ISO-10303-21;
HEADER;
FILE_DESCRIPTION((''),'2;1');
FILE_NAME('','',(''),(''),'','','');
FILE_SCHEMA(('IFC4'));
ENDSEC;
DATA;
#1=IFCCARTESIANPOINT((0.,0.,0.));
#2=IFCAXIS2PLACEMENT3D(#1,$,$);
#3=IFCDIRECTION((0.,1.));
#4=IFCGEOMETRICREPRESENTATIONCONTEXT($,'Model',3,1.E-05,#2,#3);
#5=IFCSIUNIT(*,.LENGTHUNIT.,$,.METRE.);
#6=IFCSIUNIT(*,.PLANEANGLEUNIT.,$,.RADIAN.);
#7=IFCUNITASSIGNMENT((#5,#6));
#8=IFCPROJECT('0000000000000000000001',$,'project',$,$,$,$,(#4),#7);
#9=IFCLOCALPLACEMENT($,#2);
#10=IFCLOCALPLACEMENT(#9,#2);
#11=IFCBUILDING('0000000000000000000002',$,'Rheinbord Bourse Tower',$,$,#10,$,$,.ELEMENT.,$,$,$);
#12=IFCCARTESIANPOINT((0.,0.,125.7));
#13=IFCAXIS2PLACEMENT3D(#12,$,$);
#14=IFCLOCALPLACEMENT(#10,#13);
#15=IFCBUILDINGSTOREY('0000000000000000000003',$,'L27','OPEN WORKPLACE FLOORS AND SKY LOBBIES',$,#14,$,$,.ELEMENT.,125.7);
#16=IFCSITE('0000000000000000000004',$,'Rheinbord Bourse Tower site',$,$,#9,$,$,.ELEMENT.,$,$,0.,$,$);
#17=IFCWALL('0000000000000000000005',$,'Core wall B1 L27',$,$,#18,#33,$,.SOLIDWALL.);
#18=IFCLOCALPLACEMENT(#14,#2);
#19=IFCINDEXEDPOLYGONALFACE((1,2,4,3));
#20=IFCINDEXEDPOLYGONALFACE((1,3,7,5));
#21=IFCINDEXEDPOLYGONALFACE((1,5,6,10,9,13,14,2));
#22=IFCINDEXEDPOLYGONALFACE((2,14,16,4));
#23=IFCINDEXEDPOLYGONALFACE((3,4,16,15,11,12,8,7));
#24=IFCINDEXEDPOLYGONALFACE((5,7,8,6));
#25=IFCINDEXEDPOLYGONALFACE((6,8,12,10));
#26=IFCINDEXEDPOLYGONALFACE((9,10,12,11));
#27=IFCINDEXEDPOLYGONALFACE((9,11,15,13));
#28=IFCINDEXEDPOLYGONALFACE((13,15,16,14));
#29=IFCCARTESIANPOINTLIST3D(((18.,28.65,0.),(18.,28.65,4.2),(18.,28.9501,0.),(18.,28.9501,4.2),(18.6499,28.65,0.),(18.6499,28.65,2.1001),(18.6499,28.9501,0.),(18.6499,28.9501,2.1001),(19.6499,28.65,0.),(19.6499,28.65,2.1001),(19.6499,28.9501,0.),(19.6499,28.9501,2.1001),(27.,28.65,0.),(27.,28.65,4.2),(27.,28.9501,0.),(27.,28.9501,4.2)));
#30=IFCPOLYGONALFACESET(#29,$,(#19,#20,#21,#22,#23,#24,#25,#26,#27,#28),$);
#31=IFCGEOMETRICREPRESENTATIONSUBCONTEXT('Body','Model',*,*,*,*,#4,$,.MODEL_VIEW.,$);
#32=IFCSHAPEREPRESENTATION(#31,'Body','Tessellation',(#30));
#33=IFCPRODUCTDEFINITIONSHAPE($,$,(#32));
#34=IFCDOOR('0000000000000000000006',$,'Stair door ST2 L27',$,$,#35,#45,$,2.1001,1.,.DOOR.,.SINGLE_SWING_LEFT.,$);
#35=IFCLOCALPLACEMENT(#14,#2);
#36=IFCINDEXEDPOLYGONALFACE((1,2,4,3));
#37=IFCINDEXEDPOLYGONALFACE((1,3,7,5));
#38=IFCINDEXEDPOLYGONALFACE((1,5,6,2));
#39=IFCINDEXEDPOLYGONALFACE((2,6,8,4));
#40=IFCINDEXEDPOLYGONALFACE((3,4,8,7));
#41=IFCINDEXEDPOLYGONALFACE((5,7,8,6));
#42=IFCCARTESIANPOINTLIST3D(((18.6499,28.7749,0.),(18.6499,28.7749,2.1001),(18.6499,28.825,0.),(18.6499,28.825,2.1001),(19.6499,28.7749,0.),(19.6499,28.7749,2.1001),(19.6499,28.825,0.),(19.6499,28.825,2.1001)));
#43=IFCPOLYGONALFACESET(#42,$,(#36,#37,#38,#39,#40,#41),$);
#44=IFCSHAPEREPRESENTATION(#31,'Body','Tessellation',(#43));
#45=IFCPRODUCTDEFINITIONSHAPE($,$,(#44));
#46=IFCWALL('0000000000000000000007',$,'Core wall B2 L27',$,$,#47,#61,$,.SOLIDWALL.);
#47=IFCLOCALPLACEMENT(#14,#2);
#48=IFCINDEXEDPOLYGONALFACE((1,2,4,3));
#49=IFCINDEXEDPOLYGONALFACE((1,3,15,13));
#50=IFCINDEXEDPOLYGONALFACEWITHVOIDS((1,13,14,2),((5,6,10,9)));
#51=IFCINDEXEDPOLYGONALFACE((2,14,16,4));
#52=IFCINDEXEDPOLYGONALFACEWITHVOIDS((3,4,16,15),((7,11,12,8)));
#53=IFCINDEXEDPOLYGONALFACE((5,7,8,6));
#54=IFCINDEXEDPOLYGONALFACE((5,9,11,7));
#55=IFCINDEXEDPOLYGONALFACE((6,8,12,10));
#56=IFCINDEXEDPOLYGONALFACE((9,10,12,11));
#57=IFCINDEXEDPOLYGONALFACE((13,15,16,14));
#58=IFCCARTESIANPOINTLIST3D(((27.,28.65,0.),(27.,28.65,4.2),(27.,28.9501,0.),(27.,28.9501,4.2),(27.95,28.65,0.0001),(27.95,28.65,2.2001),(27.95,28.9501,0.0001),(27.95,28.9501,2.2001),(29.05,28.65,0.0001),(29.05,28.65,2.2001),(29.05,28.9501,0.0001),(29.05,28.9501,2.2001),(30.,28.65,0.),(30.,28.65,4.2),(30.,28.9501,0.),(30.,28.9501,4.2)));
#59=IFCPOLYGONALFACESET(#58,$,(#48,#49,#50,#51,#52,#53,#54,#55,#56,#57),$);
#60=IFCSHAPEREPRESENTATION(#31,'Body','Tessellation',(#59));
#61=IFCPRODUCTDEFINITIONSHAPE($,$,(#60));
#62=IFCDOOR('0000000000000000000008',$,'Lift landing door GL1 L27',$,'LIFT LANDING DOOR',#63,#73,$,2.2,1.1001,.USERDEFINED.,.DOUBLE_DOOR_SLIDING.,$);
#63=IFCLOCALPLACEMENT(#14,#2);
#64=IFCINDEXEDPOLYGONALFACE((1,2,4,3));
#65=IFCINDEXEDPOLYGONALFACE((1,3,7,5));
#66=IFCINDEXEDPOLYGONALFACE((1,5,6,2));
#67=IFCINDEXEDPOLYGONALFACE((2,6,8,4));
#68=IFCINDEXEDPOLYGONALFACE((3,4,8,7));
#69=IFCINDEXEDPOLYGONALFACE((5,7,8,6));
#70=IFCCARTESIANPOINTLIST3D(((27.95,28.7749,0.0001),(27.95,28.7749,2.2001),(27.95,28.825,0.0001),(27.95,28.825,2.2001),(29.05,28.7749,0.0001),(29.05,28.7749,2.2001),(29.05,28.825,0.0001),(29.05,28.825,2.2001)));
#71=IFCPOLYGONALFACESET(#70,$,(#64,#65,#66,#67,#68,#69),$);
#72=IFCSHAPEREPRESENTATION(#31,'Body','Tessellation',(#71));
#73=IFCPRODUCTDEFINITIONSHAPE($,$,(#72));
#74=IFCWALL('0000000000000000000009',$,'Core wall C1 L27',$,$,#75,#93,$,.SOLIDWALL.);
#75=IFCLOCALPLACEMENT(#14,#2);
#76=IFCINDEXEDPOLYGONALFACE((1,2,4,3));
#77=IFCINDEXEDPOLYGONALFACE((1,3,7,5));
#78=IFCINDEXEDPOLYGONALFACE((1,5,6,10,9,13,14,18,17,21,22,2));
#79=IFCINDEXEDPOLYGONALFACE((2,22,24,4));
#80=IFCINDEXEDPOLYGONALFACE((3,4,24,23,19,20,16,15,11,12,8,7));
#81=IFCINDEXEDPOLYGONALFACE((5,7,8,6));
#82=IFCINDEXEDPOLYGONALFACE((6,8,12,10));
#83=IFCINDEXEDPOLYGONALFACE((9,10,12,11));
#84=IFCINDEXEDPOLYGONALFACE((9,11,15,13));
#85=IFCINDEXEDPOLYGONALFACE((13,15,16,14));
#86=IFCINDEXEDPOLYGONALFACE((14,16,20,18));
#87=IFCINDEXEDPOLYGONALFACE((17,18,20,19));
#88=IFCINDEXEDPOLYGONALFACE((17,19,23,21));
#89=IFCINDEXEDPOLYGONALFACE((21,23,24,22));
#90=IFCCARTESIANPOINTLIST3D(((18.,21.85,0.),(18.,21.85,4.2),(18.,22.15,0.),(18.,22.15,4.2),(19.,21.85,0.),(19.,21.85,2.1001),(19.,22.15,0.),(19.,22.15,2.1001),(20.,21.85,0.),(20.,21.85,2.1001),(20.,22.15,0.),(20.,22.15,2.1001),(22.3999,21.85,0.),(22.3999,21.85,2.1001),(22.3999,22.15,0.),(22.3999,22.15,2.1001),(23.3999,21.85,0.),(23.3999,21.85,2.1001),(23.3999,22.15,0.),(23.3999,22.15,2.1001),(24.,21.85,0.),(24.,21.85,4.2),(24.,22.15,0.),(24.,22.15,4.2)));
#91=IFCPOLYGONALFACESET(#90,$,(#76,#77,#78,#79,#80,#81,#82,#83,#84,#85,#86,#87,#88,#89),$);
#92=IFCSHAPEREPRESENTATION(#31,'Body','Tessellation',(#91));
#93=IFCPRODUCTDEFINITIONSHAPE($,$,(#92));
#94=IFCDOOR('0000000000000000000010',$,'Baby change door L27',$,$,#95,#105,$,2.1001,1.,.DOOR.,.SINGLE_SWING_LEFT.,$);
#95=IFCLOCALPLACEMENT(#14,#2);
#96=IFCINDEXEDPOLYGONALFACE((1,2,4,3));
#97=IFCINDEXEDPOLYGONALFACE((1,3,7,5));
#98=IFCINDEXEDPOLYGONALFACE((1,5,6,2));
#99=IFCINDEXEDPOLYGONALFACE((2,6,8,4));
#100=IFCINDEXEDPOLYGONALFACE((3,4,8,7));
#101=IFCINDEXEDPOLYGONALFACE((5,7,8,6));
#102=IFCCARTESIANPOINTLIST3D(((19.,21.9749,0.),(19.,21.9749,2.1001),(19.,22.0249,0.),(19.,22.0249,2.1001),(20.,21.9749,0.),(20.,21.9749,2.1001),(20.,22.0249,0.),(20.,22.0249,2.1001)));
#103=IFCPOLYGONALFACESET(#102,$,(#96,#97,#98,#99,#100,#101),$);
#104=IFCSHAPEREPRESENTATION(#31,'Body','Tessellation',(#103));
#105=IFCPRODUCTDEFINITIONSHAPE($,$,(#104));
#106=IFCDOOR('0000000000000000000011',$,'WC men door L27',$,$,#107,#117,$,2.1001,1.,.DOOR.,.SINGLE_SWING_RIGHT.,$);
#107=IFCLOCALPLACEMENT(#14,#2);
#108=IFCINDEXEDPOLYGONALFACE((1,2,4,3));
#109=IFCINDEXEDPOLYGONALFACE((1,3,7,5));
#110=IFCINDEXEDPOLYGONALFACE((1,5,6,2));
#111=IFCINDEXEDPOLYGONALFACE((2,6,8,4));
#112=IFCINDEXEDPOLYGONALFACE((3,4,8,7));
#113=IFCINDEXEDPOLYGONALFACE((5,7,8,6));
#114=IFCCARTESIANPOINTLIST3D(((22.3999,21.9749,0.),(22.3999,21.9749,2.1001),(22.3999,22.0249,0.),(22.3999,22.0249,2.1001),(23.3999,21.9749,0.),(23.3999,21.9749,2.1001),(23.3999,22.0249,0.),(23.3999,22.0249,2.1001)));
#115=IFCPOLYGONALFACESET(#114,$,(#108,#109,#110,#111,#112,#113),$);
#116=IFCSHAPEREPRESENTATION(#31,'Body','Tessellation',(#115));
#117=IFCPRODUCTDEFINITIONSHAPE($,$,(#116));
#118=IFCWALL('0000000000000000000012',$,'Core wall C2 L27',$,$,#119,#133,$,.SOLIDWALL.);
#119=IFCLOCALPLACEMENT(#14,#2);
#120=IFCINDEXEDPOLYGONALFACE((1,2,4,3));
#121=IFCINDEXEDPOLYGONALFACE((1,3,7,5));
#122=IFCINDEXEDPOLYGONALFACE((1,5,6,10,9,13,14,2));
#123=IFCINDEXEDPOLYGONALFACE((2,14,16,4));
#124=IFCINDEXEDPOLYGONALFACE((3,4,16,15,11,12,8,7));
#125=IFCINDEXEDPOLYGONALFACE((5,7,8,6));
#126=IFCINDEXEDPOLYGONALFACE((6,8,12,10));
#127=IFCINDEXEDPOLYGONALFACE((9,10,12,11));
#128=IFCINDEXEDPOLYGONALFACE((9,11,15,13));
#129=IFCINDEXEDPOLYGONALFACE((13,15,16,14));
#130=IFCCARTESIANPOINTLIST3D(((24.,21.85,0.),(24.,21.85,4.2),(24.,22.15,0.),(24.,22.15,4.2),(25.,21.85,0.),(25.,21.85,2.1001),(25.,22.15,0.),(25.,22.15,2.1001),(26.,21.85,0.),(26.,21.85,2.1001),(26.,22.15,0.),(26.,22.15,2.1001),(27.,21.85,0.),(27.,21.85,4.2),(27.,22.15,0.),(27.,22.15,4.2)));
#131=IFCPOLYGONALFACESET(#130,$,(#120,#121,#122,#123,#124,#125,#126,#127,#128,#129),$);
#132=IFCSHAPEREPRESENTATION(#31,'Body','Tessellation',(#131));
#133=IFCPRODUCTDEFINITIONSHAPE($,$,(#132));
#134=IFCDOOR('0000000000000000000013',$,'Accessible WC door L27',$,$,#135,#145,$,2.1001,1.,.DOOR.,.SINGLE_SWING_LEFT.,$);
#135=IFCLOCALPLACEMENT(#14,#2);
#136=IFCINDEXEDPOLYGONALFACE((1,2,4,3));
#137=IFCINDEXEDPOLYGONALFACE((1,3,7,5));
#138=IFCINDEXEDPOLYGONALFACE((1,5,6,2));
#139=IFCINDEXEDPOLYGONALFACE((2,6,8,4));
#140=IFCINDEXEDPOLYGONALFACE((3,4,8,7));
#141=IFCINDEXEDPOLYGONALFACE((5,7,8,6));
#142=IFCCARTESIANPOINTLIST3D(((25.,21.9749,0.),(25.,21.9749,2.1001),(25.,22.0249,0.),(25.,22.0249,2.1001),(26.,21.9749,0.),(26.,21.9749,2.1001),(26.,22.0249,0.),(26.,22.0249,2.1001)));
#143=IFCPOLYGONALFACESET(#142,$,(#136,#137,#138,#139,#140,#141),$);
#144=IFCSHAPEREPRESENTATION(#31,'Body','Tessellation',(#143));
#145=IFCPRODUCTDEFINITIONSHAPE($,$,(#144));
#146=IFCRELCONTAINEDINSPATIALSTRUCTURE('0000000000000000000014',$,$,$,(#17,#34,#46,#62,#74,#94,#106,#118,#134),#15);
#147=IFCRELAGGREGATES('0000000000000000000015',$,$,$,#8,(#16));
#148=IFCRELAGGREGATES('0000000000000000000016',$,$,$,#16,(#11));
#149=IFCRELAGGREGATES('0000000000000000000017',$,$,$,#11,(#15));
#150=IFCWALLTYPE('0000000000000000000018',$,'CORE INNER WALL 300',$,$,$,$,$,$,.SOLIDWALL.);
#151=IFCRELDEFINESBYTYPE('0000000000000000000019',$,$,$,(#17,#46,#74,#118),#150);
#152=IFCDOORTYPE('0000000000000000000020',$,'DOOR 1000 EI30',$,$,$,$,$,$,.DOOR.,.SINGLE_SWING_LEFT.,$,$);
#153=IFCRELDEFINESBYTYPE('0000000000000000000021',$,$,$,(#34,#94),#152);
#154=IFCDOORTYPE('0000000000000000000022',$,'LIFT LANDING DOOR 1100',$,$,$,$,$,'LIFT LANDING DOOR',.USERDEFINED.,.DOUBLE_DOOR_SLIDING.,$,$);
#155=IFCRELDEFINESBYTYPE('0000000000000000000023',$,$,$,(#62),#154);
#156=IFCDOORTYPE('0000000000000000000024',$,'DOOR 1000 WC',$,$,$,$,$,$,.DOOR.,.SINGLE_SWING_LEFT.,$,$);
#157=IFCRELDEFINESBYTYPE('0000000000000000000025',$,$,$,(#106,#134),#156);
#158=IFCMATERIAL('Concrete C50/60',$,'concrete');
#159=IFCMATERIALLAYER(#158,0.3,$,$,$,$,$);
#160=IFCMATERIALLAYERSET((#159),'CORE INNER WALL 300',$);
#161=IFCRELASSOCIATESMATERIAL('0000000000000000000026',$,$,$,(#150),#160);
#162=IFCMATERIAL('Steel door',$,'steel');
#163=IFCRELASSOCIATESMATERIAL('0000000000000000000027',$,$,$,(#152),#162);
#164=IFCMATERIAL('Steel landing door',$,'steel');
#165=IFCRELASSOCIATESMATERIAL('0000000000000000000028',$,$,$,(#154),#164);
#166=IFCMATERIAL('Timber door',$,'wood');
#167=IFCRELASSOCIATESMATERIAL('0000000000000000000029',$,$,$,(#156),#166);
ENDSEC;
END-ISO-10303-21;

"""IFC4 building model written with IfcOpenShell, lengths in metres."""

from ifc_helpers import new_model, si_unit, direction, frame, frame_2d, origin, place, context, subcontext, project, spatial, rectangle, extrude, material, layer, layer_set, type_object, element, fill, save


model = new_model("IFC4")

# Units and contexts
model_context = context("Model", 3, precision=1e-05, world=origin(), true_north=direction((0.0, 1.0)))
body_context = subcontext(model_context, "Body", "Model", "MODEL_VIEW")
ifc_project = project(units=[si_unit("LENGTHUNIT", "METRE"), si_unit("PLANEANGLEUNIT", "RADIAN")], contexts=[model_context])

# Site, building, storey
site_placement = place(None, origin())
site = spatial("IfcSite", under=ifc_project, at=site_placement, Name="Rheinbord Bourse Tower site", CompositionType="ELEMENT", RefElevation=0.0)
building_placement = place(site_placement, origin())
building = spatial("IfcBuilding", under=site, at=building_placement, Name="Rheinbord Bourse Tower", CompositionType="ELEMENT")
storey_placement = place(building_placement, frame((0.0, 0.0, 125.7)))
storey = spatial("IfcBuildingStorey", under=building, at=storey_placement, Name="L27", Description="OPEN WORKPLACE FLOORS AND SKY LOBBIES", CompositionType="ELEMENT", Elevation=125.7)

# Walls, openings, doors
ifc_material_1 = material(Name="Concrete C50/60", Category="concrete")
ifc_layer_1 = layer(ifc_material_1, 0.3)
ifc_layer_set_1 = layer_set([ifc_layer_1], Name="CORE INNER WALL 300")
wall_type_1 = type_object("IfcWallType", Name="CORE INNER WALL 300", PredefinedType="SOLIDWALL", material=ifc_layer_set_1)
wall_1_placement = place(storey_placement, frame((18.0, 28.8, 0.0), z_axis=(0.0, 0.0, 1.0), x_axis=(1.0, 0.0, 0.0)))
wall_1 = element("IfcWall", 1, at=wall_1_placement, inside=storey, type_object=wall_type_1, Name="Core wall B1 L27", PredefinedType="SOLIDWALL", context=body_context, shape_type="SweptSolid", body=[
    extrude(rectangle(XDim=9.0, YDim=0.3, at=frame_2d((4.5, 0.0))), origin(), (0.0, 0.0, 1.0), 4.2),
])
opening_1_placement = place(wall_1_placement, frame((0.6499, 0.0, 0.0)))
opening_1 = element("IfcOpeningElement", 2, at=opening_1_placement, cuts=wall_1, PredefinedType="OPENING", context=body_context, shape_type="SweptSolid", body=[
    extrude(rectangle(XDim=1.0, YDim=2.1001, at=frame_2d((0.5, 1.05))), frame((0.0, 0.1599, 0.0), z_axis=(0.0, -1.0, 0.0), x_axis=(1.0, 0.0, 0.0)), (0.0, 0.0, 1.0), 0.3201),
])
ifc_material_2 = material(Name="Steel door", Category="steel")
door_type_1 = type_object("IfcDoorType", Name="DOOR 1000 EI30", OperationType="SINGLE_SWING_LEFT", PredefinedType="DOOR", material=ifc_material_2)
door_1_placement = place(opening_1_placement, origin())
door_1 = element("IfcDoor", 3, at=door_1_placement, inside=storey, type_object=door_type_1, Name="Stair door ST2 L27", OperationType="SINGLE_SWING_LEFT", OverallHeight=2.1001, OverallWidth=1.0, PredefinedType="DOOR", context=body_context, shape_type="SweptSolid", body=[
    extrude(rectangle(XDim=1.0, YDim=2.1001, at=frame_2d((0.5, 1.05))), frame((0.0, 0.0249, 0.0), z_axis=(0.0, -1.0, 0.0), x_axis=(1.0, 0.0, 0.0)), (0.0, 0.0, 1.0), 0.05),
])
fill(opening_1, door_1)
wall_2_placement = place(storey_placement, frame((27.0, 28.8, 0.0), z_axis=(0.0, 0.0, 1.0), x_axis=(1.0, 0.0, 0.0)))
wall_2 = element("IfcWall", 4, at=wall_2_placement, inside=storey, type_object=wall_type_1, Name="Core wall B2 L27", PredefinedType="SOLIDWALL", context=body_context, shape_type="SweptSolid", body=[
    extrude(rectangle(XDim=3.0, YDim=0.3, at=frame_2d((1.5, 0.0))), origin(), (0.0, 0.0, 1.0), 4.2),
])
opening_2_placement = place(wall_2_placement, frame((0.95, 0.0, 0.0)))
opening_2 = element("IfcOpeningElement", 5, at=opening_2_placement, cuts=wall_2, PredefinedType="OPENING", context=body_context, shape_type="SweptSolid", body=[
    extrude(rectangle(XDim=1.1001, YDim=2.2, at=frame_2d((0.55, 1.1001))), frame((0.0, 0.1599, 0.0), z_axis=(0.0, -1.0, 0.0), x_axis=(1.0, 0.0, 0.0)), (0.0, 0.0, 1.0), 0.3201),
])
ifc_material_3 = material(Name="Steel landing door", Category="steel")
door_type_2 = type_object("IfcDoorType", Name="LIFT LANDING DOOR 1100", ElementType="LIFT LANDING DOOR", OperationType="DOUBLE_DOOR_SLIDING", PredefinedType="USERDEFINED", material=ifc_material_3)
door_2_placement = place(opening_2_placement, origin())
door_2 = element("IfcDoor", 6, at=door_2_placement, inside=storey, type_object=door_type_2, Name="Lift landing door GL1 L27", ObjectType="LIFT LANDING DOOR", OperationType="DOUBLE_DOOR_SLIDING", OverallHeight=2.2, OverallWidth=1.1001, PredefinedType="USERDEFINED", context=body_context, shape_type="SweptSolid", body=[
    extrude(rectangle(XDim=1.1001, YDim=2.2, at=frame_2d((0.55, 1.1001))), frame((0.0, 0.0249, 0.0), z_axis=(0.0, -1.0, 0.0), x_axis=(1.0, 0.0, 0.0)), (0.0, 0.0, 1.0), 0.05),
])
fill(opening_2, door_2)

# Wall, openings, doors
wall_3_placement = place(storey_placement, frame((18.0, 22.0, 0.0), z_axis=(0.0, 0.0, 1.0), x_axis=(1.0, 0.0, 0.0)))
wall_3 = element("IfcWall", 7, at=wall_3_placement, inside=storey, type_object=wall_type_1, Name="Core wall C1 L27", PredefinedType="SOLIDWALL", context=body_context, shape_type="SweptSolid", body=[
    extrude(rectangle(XDim=6.0, YDim=0.3, at=frame_2d((3.0, 0.0))), origin(), (0.0, 0.0, 1.0), 4.2),
])
opening_3_placement = place(wall_3_placement, frame((4.3999, 0.0, 0.0)))
opening_3 = element("IfcOpeningElement", 8, at=opening_3_placement, cuts=wall_3, PredefinedType="OPENING", context=body_context, shape_type="SweptSolid", body=[
    extrude(rectangle(XDim=1.0, YDim=2.1001, at=frame_2d((0.5, 1.05))), frame((0.0, 0.1599, 0.0), z_axis=(0.0, -1.0, 0.0), x_axis=(1.0, 0.0, 0.0)), (0.0, 0.0, 1.0), 0.3201),
])
opening_4_placement = place(wall_3_placement, frame((1.0, 0.0, 0.0)))
opening_4 = element("IfcOpeningElement", 9, at=opening_4_placement, cuts=wall_3, PredefinedType="OPENING", context=body_context, shape_type="SweptSolid", body=[
    extrude(rectangle(XDim=1.0, YDim=2.1001, at=frame_2d((0.5, 1.05))), frame((0.0, 0.1599, 0.0), z_axis=(0.0, -1.0, 0.0), x_axis=(1.0, 0.0, 0.0)), (0.0, 0.0, 1.0), 0.3201),
])
door_3_placement = place(opening_4_placement, origin())
door_3 = element("IfcDoor", 10, at=door_3_placement, inside=storey, type_object=door_type_1, Name="Baby change door L27", OperationType="SINGLE_SWING_LEFT", OverallHeight=2.1001, OverallWidth=1.0, PredefinedType="DOOR", context=body_context, shape_type="SweptSolid", body=[
    extrude(rectangle(XDim=1.0, YDim=2.1001, at=frame_2d((0.5, 1.05))), frame((0.0, 0.0249, 0.0), z_axis=(0.0, -1.0, 0.0), x_axis=(1.0, 0.0, 0.0)), (0.0, 0.0, 1.0), 0.05),
])
fill(opening_4, door_3)
ifc_material_4 = material(Name="Timber door", Category="wood")
door_type_3 = type_object("IfcDoorType", Name="DOOR 1000 WC", OperationType="SINGLE_SWING_LEFT", PredefinedType="DOOR", material=ifc_material_4)
door_4_placement = place(opening_3_placement, origin())
door_4 = element("IfcDoor", 11, at=door_4_placement, inside=storey, type_object=door_type_3, Name="WC men door L27", OperationType="SINGLE_SWING_RIGHT", OverallHeight=2.1001, OverallWidth=1.0, PredefinedType="DOOR", context=body_context, shape_type="SweptSolid", body=[
    extrude(rectangle(XDim=1.0, YDim=2.1001, at=frame_2d((0.5, 1.05))), frame((0.0, 0.0249, 0.0), z_axis=(0.0, -1.0, 0.0), x_axis=(1.0, 0.0, 0.0)), (0.0, 0.0, 1.0), 0.05),
])
fill(opening_3, door_4)

# Wall, opening, door
wall_4_placement = place(storey_placement, frame((24.0, 22.0, 0.0), z_axis=(0.0, 0.0, 1.0), x_axis=(1.0, 0.0, 0.0)))
wall_4 = element("IfcWall", 12, at=wall_4_placement, inside=storey, type_object=wall_type_1, Name="Core wall C2 L27", PredefinedType="SOLIDWALL", context=body_context, shape_type="SweptSolid", body=[
    extrude(rectangle(XDim=3.0, YDim=0.3, at=frame_2d((1.5, 0.0))), origin(), (0.0, 0.0, 1.0), 4.2),
])
opening_5_placement = place(wall_4_placement, frame((1.0, 0.0, 0.0)))
opening_5 = element("IfcOpeningElement", 13, at=opening_5_placement, cuts=wall_4, PredefinedType="OPENING", context=body_context, shape_type="SweptSolid", body=[
    extrude(rectangle(XDim=1.0, YDim=2.1001, at=frame_2d((0.5, 1.05))), frame((0.0, 0.1599, 0.0), z_axis=(0.0, -1.0, 0.0), x_axis=(1.0, 0.0, 0.0)), (0.0, 0.0, 1.0), 0.3201),
])
door_5_placement = place(opening_5_placement, origin())
door_5 = element("IfcDoor", 14, at=door_5_placement, inside=storey, type_object=door_type_3, Name="Accessible WC door L27", OperationType="SINGLE_SWING_LEFT", OverallHeight=2.1001, OverallWidth=1.0, PredefinedType="DOOR", context=body_context, shape_type="SweptSolid", body=[
    extrude(rectangle(XDim=1.0, YDim=2.1001, at=frame_2d((0.5, 1.05))), frame((0.0, 0.0249, 0.0), z_axis=(0.0, -1.0, 0.0), x_axis=(1.0, 0.0, 0.0)), (0.0, 0.0, 1.0), 0.05),
])
fill(opening_5, door_5)

save(model, "model.ifc")
